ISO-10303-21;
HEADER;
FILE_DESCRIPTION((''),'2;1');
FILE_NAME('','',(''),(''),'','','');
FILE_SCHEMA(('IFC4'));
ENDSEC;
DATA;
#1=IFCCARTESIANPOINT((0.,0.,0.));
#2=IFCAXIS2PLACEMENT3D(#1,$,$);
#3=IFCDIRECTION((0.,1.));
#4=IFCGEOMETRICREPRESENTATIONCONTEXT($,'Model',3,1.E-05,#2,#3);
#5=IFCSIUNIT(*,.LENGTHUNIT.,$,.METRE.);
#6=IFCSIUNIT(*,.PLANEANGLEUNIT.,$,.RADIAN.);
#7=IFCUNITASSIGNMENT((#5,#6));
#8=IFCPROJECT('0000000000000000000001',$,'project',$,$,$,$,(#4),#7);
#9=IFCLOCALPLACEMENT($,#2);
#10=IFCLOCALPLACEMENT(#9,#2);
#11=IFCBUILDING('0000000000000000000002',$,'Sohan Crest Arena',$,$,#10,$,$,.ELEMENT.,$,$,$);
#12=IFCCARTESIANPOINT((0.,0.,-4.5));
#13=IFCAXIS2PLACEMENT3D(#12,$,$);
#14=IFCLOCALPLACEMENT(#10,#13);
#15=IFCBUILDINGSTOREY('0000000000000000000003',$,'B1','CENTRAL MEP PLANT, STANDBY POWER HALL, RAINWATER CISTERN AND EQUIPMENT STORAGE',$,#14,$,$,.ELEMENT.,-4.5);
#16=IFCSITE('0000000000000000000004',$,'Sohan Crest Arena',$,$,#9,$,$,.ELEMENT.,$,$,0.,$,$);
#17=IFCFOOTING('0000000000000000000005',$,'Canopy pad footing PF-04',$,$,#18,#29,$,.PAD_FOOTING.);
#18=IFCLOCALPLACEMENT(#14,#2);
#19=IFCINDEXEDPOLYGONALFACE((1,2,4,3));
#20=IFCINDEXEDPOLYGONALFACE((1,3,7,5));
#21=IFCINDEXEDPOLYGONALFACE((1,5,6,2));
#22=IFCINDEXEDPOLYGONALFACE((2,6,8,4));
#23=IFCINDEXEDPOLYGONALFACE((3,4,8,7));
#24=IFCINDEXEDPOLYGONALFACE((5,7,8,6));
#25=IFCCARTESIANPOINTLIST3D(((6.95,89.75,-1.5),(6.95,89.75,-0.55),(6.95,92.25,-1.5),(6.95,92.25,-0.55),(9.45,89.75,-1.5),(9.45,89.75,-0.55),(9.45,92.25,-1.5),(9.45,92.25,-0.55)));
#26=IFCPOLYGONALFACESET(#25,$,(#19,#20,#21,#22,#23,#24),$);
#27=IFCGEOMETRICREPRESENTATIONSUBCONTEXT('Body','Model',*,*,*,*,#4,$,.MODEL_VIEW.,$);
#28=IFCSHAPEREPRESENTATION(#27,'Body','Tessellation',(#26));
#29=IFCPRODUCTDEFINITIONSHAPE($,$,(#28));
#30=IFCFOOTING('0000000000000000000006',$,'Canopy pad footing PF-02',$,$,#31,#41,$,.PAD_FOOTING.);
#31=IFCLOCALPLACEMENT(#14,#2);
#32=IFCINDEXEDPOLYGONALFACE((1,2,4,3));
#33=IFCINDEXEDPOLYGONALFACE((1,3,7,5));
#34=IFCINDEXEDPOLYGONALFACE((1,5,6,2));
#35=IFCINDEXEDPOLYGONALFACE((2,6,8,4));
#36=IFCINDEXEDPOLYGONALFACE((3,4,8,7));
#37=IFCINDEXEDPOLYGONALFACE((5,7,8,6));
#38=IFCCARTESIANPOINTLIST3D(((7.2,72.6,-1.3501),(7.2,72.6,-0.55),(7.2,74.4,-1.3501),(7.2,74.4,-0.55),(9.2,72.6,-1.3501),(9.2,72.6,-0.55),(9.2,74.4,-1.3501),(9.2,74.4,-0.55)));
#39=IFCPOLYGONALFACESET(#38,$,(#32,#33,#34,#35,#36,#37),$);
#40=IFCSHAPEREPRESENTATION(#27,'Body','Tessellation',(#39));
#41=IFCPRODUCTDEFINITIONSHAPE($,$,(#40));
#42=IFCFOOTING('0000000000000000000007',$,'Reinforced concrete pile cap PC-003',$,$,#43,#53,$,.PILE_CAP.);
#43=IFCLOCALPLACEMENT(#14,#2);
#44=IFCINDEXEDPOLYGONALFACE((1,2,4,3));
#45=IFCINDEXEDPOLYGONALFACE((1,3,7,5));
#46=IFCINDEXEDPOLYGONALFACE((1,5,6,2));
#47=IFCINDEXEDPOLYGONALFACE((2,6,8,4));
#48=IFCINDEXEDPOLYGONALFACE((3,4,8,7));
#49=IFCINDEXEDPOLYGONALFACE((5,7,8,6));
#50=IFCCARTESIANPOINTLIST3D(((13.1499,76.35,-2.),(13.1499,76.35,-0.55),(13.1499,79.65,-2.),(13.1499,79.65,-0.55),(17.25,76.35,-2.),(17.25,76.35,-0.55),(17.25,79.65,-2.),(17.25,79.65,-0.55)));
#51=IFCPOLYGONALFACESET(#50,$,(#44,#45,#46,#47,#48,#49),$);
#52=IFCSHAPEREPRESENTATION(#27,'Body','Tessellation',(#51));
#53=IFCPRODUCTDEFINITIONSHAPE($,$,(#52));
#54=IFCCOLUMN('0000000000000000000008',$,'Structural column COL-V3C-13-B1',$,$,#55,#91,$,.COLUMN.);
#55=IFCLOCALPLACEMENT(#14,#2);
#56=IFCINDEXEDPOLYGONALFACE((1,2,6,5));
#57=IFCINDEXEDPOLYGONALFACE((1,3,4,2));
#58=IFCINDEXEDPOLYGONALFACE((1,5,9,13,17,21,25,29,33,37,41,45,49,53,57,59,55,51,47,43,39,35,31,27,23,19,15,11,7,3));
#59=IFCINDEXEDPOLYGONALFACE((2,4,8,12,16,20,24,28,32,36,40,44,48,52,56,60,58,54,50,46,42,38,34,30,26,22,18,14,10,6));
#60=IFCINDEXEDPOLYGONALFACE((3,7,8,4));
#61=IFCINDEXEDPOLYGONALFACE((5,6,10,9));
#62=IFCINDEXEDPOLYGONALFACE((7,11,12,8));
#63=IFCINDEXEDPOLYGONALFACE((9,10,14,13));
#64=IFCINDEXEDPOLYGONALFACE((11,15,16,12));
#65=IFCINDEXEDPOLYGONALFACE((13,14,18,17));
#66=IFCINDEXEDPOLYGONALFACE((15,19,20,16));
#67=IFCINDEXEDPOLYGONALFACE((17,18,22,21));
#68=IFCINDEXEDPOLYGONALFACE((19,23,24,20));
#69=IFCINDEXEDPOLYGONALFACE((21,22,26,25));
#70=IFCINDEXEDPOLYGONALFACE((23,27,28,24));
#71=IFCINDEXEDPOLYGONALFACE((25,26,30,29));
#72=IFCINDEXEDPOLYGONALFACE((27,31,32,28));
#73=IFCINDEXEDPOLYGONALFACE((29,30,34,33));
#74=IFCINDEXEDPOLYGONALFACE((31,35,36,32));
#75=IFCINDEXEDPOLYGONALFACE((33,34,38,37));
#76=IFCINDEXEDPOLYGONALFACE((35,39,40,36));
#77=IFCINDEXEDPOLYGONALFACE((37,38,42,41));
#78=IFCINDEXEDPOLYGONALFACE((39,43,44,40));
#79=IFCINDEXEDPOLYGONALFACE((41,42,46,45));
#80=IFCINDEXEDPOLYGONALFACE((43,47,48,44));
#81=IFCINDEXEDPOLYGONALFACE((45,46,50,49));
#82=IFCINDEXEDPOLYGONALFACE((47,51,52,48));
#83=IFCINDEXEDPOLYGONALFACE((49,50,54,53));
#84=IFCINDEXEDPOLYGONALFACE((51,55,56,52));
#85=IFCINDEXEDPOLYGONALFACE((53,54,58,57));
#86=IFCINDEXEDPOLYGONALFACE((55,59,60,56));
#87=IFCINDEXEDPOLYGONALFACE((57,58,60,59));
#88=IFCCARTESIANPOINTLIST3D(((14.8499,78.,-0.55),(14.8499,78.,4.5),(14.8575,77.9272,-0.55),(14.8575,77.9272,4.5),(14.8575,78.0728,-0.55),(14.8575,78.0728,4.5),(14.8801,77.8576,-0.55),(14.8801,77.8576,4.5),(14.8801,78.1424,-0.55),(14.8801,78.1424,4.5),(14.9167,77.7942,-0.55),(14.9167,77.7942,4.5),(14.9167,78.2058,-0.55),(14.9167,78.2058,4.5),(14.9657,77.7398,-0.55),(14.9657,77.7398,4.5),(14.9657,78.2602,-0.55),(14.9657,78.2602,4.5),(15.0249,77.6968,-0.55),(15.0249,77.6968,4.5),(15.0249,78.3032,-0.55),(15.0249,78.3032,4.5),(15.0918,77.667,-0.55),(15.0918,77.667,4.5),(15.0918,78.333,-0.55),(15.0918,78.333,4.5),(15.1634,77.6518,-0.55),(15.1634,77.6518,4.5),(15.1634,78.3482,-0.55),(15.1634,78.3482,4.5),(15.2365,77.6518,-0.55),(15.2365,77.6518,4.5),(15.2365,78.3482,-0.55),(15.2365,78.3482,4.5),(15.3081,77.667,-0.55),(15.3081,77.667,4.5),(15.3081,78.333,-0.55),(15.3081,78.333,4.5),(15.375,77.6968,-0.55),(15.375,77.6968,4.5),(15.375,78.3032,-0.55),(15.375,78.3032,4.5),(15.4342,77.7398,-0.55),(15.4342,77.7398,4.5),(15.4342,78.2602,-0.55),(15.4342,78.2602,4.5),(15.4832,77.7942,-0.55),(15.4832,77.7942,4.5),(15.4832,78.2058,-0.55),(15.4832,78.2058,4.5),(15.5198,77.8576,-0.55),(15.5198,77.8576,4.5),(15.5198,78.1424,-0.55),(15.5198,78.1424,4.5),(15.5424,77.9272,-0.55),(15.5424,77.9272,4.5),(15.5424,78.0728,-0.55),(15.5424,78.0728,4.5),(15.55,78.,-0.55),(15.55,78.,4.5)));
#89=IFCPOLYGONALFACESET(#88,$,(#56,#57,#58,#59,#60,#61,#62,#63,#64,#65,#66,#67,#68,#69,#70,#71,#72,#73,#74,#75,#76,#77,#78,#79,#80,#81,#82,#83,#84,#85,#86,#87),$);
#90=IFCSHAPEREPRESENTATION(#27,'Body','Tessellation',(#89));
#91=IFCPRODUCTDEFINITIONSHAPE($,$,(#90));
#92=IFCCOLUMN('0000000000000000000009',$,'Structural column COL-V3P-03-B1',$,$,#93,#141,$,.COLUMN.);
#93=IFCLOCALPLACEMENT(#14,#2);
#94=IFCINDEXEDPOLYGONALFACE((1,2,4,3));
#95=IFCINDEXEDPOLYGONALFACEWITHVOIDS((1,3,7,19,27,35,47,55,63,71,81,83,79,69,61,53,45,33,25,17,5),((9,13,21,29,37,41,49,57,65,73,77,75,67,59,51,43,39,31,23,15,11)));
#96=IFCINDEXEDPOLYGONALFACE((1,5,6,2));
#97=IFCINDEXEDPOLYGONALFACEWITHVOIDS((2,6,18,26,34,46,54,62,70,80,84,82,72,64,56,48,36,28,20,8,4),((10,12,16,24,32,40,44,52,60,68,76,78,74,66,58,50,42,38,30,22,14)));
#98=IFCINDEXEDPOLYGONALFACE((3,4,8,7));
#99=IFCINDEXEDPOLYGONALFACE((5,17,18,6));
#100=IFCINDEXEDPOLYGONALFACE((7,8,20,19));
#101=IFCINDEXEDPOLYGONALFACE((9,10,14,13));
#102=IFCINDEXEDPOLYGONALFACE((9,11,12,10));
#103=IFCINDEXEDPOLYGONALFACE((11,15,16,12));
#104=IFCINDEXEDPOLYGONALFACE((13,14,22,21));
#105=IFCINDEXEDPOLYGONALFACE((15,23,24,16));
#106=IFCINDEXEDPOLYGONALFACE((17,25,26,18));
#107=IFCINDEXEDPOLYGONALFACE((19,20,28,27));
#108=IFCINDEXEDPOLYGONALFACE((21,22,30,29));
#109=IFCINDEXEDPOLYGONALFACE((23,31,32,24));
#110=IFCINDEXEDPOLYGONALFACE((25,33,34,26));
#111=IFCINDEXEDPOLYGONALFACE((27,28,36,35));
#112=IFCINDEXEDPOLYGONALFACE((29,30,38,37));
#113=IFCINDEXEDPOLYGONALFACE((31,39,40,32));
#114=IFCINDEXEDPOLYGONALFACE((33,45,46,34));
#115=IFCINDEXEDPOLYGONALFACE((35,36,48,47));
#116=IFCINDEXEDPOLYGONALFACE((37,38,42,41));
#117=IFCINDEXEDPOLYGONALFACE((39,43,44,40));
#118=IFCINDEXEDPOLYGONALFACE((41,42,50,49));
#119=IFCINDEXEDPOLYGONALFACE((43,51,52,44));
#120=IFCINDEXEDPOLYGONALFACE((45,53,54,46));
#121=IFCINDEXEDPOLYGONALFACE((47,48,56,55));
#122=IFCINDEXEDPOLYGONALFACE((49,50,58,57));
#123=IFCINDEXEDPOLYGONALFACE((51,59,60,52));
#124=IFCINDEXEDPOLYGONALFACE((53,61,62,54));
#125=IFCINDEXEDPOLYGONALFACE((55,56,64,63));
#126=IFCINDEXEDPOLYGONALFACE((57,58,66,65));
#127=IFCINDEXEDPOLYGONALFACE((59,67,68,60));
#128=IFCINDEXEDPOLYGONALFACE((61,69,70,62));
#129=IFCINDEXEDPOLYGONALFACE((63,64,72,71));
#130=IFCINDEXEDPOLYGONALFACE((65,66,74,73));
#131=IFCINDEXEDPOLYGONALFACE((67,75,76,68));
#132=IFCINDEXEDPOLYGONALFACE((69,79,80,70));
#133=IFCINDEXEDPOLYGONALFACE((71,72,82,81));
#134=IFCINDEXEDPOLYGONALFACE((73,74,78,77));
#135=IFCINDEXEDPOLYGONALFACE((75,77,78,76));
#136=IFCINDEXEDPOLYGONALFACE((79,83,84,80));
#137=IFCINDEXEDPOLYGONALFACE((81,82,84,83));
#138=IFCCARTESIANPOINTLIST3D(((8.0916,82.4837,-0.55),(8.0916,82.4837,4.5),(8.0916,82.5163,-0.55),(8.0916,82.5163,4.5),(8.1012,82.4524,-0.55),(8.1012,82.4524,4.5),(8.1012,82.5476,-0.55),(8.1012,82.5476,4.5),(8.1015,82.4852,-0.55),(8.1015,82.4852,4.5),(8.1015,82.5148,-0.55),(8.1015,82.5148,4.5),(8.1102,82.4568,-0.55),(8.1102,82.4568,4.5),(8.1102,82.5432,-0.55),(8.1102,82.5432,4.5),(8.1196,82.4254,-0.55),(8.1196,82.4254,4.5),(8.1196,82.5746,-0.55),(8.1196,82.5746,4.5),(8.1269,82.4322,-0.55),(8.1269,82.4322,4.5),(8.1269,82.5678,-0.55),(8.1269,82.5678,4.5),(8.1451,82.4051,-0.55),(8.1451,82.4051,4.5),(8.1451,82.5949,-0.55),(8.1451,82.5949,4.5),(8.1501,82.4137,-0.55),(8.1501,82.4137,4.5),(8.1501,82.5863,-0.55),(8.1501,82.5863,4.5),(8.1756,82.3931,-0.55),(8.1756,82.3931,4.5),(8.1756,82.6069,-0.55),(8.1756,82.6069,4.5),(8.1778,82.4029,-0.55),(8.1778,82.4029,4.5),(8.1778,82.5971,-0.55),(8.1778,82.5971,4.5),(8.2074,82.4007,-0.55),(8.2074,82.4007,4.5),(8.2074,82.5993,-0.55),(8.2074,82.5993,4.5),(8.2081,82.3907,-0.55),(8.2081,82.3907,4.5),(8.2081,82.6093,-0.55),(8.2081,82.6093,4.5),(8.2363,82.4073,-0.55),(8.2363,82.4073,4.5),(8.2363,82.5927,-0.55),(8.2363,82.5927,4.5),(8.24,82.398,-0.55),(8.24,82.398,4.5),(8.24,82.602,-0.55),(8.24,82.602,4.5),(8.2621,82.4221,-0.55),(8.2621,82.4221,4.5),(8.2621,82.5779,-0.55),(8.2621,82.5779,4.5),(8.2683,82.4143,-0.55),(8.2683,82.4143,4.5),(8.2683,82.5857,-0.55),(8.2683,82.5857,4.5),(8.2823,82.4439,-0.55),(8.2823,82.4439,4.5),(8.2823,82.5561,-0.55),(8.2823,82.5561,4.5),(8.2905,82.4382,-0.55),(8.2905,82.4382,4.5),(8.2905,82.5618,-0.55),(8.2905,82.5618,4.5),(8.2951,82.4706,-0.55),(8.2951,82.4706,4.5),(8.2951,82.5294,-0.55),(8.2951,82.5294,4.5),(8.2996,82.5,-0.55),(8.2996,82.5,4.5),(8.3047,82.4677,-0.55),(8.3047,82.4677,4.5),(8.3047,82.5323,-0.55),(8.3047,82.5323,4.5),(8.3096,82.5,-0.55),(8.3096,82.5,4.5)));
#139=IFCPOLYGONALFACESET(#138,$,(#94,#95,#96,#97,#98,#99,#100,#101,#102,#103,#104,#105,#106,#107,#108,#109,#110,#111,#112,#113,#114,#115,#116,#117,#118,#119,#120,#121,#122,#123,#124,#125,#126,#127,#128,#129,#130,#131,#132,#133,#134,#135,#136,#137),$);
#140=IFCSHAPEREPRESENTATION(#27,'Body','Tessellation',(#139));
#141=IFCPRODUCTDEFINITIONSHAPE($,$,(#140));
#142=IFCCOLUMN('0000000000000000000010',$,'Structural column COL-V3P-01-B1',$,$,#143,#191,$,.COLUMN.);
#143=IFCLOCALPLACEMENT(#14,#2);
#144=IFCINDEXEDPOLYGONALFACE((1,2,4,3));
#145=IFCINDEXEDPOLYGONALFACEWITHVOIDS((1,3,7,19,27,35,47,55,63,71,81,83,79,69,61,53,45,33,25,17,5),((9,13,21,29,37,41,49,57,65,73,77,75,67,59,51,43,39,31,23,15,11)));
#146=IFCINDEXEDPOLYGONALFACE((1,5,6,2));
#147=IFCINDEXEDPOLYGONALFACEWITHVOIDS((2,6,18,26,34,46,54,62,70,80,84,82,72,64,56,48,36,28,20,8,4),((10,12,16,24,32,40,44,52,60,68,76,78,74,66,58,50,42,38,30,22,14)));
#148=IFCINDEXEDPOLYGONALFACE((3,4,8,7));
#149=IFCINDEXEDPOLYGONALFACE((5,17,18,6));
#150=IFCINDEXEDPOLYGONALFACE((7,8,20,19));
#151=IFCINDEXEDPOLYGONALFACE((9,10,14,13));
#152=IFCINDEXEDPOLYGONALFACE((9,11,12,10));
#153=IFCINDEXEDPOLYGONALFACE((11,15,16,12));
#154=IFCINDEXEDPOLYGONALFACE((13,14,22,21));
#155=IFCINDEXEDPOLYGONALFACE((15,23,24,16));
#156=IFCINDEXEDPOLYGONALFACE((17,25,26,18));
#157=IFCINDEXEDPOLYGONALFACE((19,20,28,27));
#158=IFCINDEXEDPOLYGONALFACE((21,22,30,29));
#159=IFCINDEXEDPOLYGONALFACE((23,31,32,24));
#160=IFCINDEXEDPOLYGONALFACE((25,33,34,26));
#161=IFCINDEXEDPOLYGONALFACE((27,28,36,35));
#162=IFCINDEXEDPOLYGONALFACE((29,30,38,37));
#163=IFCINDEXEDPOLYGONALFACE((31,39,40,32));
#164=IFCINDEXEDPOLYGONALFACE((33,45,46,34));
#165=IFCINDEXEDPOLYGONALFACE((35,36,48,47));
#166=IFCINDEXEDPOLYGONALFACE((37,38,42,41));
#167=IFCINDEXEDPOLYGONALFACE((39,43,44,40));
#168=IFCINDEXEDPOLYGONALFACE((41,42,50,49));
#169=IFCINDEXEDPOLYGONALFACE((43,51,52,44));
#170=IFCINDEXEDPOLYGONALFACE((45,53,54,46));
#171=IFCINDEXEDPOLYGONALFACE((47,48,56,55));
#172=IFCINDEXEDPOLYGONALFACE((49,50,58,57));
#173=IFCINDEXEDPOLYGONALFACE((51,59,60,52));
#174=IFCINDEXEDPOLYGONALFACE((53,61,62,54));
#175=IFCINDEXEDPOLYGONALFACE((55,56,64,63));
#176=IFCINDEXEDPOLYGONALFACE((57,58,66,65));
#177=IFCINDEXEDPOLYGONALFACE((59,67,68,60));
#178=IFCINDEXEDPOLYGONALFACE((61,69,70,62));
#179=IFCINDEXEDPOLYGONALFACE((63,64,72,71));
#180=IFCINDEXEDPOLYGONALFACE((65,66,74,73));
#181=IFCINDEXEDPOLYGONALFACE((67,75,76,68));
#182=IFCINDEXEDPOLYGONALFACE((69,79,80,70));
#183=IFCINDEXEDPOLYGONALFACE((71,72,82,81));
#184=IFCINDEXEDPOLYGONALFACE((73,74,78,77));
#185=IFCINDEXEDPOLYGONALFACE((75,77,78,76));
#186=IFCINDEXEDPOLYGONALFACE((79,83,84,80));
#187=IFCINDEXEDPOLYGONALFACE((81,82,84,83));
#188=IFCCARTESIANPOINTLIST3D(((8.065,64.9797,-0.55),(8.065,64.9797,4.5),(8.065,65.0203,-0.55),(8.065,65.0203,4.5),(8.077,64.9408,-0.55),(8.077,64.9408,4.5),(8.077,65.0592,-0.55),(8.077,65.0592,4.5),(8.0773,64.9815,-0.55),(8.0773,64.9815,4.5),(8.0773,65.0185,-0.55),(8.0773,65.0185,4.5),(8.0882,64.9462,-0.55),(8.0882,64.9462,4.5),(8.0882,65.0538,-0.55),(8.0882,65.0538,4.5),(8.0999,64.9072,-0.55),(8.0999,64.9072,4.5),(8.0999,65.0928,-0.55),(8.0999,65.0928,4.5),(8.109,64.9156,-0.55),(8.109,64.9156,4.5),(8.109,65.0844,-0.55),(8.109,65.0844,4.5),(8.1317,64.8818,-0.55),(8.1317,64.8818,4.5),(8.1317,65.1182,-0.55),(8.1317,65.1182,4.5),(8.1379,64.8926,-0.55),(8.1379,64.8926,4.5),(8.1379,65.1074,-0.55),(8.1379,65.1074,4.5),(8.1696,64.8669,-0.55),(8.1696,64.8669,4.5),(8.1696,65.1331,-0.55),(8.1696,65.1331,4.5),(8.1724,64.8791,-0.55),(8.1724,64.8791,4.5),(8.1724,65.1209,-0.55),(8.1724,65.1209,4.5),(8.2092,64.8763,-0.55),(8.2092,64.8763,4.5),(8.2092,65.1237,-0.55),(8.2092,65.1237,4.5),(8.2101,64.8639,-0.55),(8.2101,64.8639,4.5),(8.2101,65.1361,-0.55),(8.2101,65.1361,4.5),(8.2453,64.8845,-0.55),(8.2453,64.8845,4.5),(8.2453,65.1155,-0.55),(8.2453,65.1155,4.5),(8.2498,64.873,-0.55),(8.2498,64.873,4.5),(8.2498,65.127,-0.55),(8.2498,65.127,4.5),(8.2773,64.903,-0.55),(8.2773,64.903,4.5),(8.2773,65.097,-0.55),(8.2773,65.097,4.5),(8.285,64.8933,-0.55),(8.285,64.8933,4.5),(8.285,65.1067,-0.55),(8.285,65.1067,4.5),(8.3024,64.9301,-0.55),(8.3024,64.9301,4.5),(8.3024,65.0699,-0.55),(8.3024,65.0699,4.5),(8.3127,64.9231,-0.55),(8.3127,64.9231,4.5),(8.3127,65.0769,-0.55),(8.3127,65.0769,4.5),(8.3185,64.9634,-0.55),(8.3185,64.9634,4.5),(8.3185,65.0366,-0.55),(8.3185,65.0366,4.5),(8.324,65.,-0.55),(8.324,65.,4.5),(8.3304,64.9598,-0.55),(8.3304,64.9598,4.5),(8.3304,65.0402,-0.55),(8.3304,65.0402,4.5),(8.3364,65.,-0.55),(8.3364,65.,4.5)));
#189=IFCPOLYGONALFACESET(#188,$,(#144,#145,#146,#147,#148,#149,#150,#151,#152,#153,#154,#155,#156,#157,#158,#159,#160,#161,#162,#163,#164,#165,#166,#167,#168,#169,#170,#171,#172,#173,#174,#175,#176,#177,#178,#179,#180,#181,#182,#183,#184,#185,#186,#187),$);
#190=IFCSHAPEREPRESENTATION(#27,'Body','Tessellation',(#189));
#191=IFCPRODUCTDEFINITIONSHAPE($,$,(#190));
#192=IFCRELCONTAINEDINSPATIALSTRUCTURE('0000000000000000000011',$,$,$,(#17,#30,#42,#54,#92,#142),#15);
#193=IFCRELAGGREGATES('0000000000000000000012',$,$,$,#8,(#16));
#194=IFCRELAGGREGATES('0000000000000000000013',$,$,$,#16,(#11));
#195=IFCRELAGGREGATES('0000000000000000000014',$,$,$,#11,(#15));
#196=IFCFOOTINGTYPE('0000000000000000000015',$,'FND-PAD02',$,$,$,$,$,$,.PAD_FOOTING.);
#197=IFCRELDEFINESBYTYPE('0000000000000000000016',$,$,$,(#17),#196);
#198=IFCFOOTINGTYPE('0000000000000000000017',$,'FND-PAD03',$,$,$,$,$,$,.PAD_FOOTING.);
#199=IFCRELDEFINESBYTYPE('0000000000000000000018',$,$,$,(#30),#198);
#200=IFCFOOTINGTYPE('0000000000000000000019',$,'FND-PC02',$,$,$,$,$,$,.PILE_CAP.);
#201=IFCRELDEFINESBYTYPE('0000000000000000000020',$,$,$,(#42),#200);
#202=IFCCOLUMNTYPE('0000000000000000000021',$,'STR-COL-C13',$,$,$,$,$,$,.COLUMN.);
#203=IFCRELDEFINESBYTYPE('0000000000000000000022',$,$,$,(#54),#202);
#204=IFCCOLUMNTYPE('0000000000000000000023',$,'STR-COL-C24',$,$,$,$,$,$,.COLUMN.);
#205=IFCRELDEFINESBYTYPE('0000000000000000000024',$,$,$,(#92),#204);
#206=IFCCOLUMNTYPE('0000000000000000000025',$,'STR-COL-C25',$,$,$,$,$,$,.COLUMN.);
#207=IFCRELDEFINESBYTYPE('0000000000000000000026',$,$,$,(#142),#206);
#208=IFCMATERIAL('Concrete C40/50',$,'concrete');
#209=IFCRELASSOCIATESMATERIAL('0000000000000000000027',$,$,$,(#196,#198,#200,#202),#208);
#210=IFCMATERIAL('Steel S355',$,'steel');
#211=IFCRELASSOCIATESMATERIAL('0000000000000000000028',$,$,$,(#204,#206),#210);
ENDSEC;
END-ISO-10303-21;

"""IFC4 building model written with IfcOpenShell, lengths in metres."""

from ifc_helpers import new_model, si_unit, direction, frame, origin, origin_2d, place, context, subcontext, project, spatial, rectangle, circle, hollow_circle, extrude, material, material_profile, profile_set, type_object, element, save


model = new_model("IFC4")

# Units and contexts
model_context = context("Model", 3, precision=1e-05, world=origin(), true_north=direction((0.0, 1.0)))
body_context = subcontext(model_context, "Body", "Model", "MODEL_VIEW")
ifc_project = project(units=[si_unit("LENGTHUNIT", "METRE"), si_unit("PLANEANGLEUNIT", "RADIAN")], contexts=[model_context])

# Site, building, storey
site_placement = place(None, origin())
site = spatial("IfcSite", under=ifc_project, at=site_placement, Name="Sohan Crest Arena", CompositionType="ELEMENT", RefElevation=0.0)
building_placement = place(site_placement, origin())
building = spatial("IfcBuilding", under=site, at=building_placement, Name="Sohan Crest Arena", CompositionType="ELEMENT")
storey_placement = place(building_placement, frame((0.0, 0.0, -4.5)))
storey = spatial("IfcBuildingStorey", under=building, at=storey_placement, Name="B1", Description="CENTRAL MEP PLANT, STANDBY POWER HALL, RAINWATER CISTERN AND EQUIPMENT STORAGE", CompositionType="ELEMENT", Elevation=-4.5)

# Shared definitions
ifc_material_1 = material(Name="Concrete C40/50", Category="concrete")

# Footings
footing_type_1 = type_object("IfcFootingType", Name="FND-PAD02", PredefinedType="PAD_FOOTING", material=ifc_material_1)
for number, where, z_axis, x_axis, name in (
    (1, (8.2, 91.0, -1.5), (0.0, 0.0, 1.0), (1.0, 0.0, 0.0), "Canopy pad footing PF-04"),
):
    element("IfcFooting", number, at=place(storey_placement, frame(where, z_axis=z_axis, x_axis=x_axis)), inside=storey, type_object=footing_type_1, Name=name, PredefinedType="PAD_FOOTING", context=body_context, shape_type="SweptSolid", body=[
        extrude(rectangle(XDim=2.5, YDim=2.5, at=origin_2d()), origin(), (0.0, 0.0, 1.0), 0.95),
    ])
footing_type_2 = type_object("IfcFootingType", Name="FND-PAD03", PredefinedType="PAD_FOOTING", material=ifc_material_1)
footing_1_placement = place(storey_placement, frame((8.2, 73.5, -1.3501), z_axis=(0.0, 0.0, 1.0), x_axis=(1.0, 0.0, 0.0)))
element("IfcFooting", 2, at=footing_1_placement, inside=storey, type_object=footing_type_2, Name="Canopy pad footing PF-02", PredefinedType="PAD_FOOTING", context=body_context, shape_type="SweptSolid", body=[
    extrude(rectangle(XDim=2.0, YDim=1.8, at=origin_2d()), origin(), (0.0, 0.0, 1.0), 0.8),
])
footing_type_3 = type_object("IfcFootingType", Name="FND-PC02", PredefinedType="PILE_CAP", material=ifc_material_1)
footing_2_placement = place(storey_placement, frame((15.2, 78.0, -2.0), z_axis=(0.0, 0.0, 1.0), x_axis=(1.0, 0.0, 0.0)))
element("IfcFooting", 3, at=footing_2_placement, inside=storey, type_object=footing_type_3, Name="Reinforced concrete pile cap PC-003", PredefinedType="PILE_CAP", context=body_context, shape_type="SweptSolid", body=[
    extrude(rectangle(XDim=4.1001, YDim=3.3, at=origin_2d()), origin(), (0.0, 0.0, 1.0), 1.45),
])

# Columns
ifc_material_profile_1 = material_profile(ifc_material_1, circle(Radius=0.3501, at=origin_2d()), Name="RC D700")
ifc_profile_set_1 = profile_set([ifc_material_profile_1], Name="Concrete C40/50")
column_type_1 = type_object("IfcColumnType", Name="STR-COL-C13", PredefinedType="COLUMN", material=ifc_profile_set_1)
column_1_placement = place(storey_placement, frame((15.2, 78.0, -0.55), z_axis=(0.0, 0.0, 1.0), x_axis=(1.0, 0.0, 0.0)))
element("IfcColumn", 4, at=column_1_placement, inside=storey, type_object=column_type_1, Name="Structural column COL-V3C-13-B1", PredefinedType="COLUMN", context=body_context, shape_type="SweptSolid", body=[
    extrude(circle(Radius=0.3501, at=origin_2d()), origin(), (0.0, 0.0, 1.0), 5.05),
])
ifc_material_2 = material(Name="Steel S355", Category="steel")
ifc_material_profile_2 = material_profile(ifc_material_2, hollow_circle(Radius=0.1096, WallThickness=0.01, at=origin_2d()), Name="CHS 219.1x10")
ifc_profile_set_2 = profile_set([ifc_material_profile_2], Name="Steel S355")
column_type_2 = type_object("IfcColumnType", Name="STR-COL-C24", PredefinedType="COLUMN", material=ifc_profile_set_2)
column_2_placement = place(storey_placement, frame((8.2, 82.5, -0.55), z_axis=(0.0, 0.0, 1.0), x_axis=(1.0, 0.0, 0.0)))
element("IfcColumn", 5, at=column_2_placement, inside=storey, type_object=column_type_2, Name="Structural column COL-V3P-03-B1", PredefinedType="COLUMN", context=body_context, shape_type="SweptSolid", body=[
    extrude(hollow_circle(Radius=0.1096, WallThickness=0.01, at=origin_2d()), origin(), (0.0, 0.0, 1.0), 5.05),
])
ifc_material_profile_3 = material_profile(ifc_material_2, hollow_circle(Radius=0.1365, WallThickness=0.0125, at=origin_2d()), Name="CHS 273x12.5")
ifc_profile_set_3 = profile_set([ifc_material_profile_3], Name="Steel S355")
column_type_3 = type_object("IfcColumnType", Name="STR-COL-C25", PredefinedType="COLUMN", material=ifc_profile_set_3)
for number, where, z_axis, x_axis, name in (
    (6, (8.2, 65.0, -0.55), (0.0, 0.0, 1.0), (1.0, 0.0, 0.0), "Structural column COL-V3P-01-B1"),
):
    element("IfcColumn", number, at=place(storey_placement, frame(where, z_axis=z_axis, x_axis=x_axis)), inside=storey, type_object=column_type_3, Name=name, PredefinedType="COLUMN", context=body_context, shape_type="SweptSolid", body=[
        extrude(hollow_circle(Radius=0.1365, WallThickness=0.0125, at=origin_2d()), origin(), (0.0, 0.0, 1.0), 5.05),
    ])

save(model, "model.ifc")
